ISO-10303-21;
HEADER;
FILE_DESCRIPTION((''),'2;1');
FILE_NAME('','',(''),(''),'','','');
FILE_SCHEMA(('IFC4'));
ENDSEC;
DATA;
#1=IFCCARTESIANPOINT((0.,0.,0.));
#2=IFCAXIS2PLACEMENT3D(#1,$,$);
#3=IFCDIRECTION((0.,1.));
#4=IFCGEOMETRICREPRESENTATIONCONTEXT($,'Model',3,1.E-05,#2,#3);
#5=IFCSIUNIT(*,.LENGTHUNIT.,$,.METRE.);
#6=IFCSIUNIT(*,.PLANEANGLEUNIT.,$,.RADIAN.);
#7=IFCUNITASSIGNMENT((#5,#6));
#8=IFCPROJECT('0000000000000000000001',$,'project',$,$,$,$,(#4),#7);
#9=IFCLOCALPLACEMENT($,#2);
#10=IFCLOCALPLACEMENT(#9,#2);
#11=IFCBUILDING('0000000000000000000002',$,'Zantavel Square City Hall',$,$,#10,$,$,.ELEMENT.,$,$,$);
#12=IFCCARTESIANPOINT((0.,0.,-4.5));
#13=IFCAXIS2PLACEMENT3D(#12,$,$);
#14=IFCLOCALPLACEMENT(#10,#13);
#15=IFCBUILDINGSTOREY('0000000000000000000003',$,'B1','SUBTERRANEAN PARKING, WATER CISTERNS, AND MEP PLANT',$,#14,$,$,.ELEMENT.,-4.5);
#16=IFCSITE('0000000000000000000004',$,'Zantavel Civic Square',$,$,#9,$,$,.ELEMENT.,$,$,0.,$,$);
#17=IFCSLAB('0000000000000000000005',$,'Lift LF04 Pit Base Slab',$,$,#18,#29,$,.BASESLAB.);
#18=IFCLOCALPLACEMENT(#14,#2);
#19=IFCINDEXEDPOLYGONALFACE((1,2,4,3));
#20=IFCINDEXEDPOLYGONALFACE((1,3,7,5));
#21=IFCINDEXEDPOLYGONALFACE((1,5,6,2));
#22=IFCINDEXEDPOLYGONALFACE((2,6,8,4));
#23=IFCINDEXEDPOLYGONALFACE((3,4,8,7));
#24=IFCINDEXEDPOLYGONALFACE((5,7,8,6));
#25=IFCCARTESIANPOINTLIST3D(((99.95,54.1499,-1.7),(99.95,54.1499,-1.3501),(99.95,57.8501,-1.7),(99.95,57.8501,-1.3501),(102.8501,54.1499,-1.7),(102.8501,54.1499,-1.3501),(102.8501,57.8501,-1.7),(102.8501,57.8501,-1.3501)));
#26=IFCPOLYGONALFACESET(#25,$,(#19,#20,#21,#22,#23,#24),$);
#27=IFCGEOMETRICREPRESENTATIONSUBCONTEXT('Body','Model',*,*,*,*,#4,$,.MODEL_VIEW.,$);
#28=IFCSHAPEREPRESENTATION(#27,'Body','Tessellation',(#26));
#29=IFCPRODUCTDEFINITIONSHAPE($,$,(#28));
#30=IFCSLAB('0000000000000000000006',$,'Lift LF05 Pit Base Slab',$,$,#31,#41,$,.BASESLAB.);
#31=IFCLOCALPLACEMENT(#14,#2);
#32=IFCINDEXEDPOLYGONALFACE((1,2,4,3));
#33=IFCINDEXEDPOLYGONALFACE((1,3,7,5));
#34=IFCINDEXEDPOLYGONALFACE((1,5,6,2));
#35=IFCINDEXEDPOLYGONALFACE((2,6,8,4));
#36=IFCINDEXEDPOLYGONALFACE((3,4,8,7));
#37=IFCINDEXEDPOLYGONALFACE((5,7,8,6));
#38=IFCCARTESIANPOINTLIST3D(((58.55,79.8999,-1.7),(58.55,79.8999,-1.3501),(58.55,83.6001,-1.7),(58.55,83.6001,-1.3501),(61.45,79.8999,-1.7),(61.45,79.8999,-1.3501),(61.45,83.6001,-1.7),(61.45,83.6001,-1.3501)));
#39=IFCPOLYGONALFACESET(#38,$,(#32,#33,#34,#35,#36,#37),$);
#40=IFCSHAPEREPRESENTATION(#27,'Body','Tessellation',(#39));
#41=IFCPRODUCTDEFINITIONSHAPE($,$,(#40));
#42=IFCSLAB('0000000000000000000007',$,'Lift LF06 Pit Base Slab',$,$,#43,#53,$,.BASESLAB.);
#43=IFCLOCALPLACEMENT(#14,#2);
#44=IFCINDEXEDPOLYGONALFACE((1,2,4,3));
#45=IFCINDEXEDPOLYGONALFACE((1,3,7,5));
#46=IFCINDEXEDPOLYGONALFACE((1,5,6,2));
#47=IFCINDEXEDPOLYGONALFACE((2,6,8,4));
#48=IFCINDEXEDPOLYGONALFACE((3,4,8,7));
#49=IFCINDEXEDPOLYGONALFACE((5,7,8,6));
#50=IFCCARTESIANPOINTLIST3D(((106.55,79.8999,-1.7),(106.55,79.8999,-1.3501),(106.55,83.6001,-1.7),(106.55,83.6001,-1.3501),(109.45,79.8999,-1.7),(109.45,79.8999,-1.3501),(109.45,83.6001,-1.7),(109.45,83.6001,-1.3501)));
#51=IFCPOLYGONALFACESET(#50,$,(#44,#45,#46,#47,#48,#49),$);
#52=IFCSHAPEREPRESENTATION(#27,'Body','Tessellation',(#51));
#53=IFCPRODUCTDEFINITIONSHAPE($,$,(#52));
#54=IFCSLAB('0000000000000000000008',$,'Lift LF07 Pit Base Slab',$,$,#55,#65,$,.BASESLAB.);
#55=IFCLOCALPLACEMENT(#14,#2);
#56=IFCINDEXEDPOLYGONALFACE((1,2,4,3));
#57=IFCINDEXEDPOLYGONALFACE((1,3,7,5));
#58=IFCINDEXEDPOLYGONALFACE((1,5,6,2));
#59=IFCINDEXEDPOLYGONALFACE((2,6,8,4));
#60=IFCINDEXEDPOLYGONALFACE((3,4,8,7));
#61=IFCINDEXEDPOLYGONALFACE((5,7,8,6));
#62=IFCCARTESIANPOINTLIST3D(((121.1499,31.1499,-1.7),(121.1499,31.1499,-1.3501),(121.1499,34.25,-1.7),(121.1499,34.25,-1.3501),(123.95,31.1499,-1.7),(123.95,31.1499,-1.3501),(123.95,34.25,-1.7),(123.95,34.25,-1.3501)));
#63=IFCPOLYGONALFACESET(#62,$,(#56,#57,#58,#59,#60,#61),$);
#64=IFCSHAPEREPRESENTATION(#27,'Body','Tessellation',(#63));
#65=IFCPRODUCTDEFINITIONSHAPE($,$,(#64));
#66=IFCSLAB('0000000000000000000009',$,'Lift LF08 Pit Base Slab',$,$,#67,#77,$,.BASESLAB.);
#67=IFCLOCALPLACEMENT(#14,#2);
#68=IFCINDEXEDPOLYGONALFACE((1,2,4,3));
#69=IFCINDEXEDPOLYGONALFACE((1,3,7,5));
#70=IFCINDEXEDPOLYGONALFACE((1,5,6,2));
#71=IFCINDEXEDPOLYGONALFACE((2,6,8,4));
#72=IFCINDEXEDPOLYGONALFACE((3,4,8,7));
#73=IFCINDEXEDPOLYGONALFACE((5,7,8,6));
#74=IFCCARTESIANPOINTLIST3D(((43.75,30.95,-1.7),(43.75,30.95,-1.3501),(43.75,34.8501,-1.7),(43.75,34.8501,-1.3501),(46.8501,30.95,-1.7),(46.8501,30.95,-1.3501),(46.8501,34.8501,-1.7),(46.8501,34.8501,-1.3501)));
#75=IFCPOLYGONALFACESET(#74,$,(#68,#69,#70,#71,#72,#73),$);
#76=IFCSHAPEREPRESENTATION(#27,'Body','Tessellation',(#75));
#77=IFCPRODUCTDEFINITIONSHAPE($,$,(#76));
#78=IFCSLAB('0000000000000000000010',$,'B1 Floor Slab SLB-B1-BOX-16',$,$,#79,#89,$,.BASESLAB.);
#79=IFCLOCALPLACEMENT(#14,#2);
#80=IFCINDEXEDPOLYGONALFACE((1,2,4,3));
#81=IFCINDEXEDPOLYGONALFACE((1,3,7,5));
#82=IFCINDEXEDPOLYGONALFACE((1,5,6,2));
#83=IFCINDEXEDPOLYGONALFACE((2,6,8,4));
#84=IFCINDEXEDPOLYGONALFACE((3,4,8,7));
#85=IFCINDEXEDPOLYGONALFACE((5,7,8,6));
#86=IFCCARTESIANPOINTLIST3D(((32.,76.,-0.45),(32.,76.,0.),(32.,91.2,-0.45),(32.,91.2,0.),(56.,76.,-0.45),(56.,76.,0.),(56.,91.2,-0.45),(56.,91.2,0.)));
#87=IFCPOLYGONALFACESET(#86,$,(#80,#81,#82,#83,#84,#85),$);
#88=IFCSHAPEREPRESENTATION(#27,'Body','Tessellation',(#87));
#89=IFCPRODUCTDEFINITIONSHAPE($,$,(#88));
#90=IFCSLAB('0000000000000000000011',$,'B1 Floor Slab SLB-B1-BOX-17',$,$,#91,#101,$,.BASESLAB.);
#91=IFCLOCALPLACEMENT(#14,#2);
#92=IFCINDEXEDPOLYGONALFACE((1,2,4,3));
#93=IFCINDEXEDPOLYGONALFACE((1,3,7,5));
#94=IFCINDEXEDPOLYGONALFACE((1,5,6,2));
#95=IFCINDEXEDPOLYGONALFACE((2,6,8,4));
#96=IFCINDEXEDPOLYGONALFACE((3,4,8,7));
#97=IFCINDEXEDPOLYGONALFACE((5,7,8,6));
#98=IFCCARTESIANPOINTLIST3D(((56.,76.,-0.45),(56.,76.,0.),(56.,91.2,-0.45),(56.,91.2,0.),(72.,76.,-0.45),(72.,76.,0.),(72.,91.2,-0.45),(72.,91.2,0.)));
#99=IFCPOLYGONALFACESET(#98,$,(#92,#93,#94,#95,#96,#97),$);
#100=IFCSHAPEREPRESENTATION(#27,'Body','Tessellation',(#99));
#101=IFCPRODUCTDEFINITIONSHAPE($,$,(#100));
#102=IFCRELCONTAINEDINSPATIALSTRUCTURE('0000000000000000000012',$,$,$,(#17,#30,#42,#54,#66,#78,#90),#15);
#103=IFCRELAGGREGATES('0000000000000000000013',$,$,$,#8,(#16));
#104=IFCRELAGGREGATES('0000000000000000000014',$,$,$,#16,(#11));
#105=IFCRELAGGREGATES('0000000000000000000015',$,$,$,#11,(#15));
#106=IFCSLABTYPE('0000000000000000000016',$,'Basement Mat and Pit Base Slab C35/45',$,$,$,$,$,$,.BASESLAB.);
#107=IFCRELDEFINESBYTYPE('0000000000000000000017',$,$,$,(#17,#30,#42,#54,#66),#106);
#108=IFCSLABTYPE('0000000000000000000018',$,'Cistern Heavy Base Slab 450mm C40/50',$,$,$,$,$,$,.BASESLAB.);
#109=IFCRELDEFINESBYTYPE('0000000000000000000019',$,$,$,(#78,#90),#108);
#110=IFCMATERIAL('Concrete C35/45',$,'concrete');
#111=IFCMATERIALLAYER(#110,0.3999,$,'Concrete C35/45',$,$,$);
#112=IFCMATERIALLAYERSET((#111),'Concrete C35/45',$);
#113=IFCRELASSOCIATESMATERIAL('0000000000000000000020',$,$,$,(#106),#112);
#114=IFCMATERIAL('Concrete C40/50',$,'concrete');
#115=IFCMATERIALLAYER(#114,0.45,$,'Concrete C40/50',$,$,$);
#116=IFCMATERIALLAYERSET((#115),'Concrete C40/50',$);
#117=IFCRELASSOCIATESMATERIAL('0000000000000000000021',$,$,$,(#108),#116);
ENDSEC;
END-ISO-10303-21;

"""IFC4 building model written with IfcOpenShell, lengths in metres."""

from ifc_helpers import new_model, si_unit, direction, frame, origin, place, context, subcontext, project, spatial, polyline, outline, extrude, material, layer, layer_set, type_object, element, save


model = new_model("IFC4")

# Units and contexts
model_context = context("Model", 3, precision=1e-05, world=origin(), true_north=direction((0.0, 1.0)))
body_context = subcontext(model_context, "Body", "Model", "MODEL_VIEW")
ifc_project = project(units=[si_unit("LENGTHUNIT", "METRE"), si_unit("PLANEANGLEUNIT", "RADIAN")], contexts=[model_context])

# Site, building, storey
site_placement = place(None, origin())
site = spatial("IfcSite", under=ifc_project, at=site_placement, Name="Zantavel Civic Square", CompositionType="ELEMENT", RefElevation=0.0)
building_placement = place(site_placement, origin())
building = spatial("IfcBuilding", under=site, at=building_placement, Name="Zantavel Square City Hall", CompositionType="ELEMENT")
storey_placement = place(building_placement, frame((0.0, 0.0, -4.5)))
storey = spatial("IfcBuildingStorey", under=building, at=storey_placement, Name="B1", Description="SUBTERRANEAN PARKING, WATER CISTERNS, AND MEP PLANT", CompositionType="ELEMENT", Elevation=-4.5)

# Shared definitions
ifc_material_1 = material(Name="Concrete C35/45", Category="concrete")

# Shared definitions
ifc_material_2 = material(Name="Concrete C40/50", Category="concrete")

# Slabs
ifc_layer_1 = layer(ifc_material_1, 0.3999, Name="Concrete C35/45")
ifc_layer_set_1 = layer_set([ifc_layer_1], Name="Concrete C35/45")
slab_type_1 = type_object("IfcSlabType", Name="Basement Mat and Pit Base Slab C35/45", PredefinedType="BASESLAB", material=ifc_layer_set_1)
slab_1_placement = place(storey_placement, frame((0.0, 0.0, -1.7)))
element("IfcSlab", 1, at=slab_1_placement, inside=storey, type_object=slab_type_1, Name="Lift LF04 Pit Base Slab", PredefinedType="BASESLAB", context=body_context, shape_type="SweptSolid", body=[
    extrude(outline(polyline([(99.95, 54.1499), (102.8501, 54.1499), (102.8501, 57.8501), (99.95, 57.8501), (99.95, 54.1499)])), origin(), (0.0, 0.0, 1.0), 0.3499),
])
slab_2_placement = place(storey_placement, frame((0.0, 0.0, -1.7)))
element("IfcSlab", 2, at=slab_2_placement, inside=storey, type_object=slab_type_1, Name="Lift LF05 Pit Base Slab", PredefinedType="BASESLAB", context=body_context, shape_type="SweptSolid", body=[
    extrude(outline(polyline([(58.55, 79.8999), (61.45, 79.8999), (61.45, 83.6001), (58.55, 83.6001), (58.55, 79.8999)])), origin(), (0.0, 0.0, 1.0), 0.3499),
])
slab_3_placement = place(storey_placement, frame((0.0, 0.0, -1.7)))
element("IfcSlab", 3, at=slab_3_placement, inside=storey, type_object=slab_type_1, Name="Lift LF06 Pit Base Slab", PredefinedType="BASESLAB", context=body_context, shape_type="SweptSolid", body=[
    extrude(outline(polyline([(106.55, 79.8999), (109.45, 79.8999), (109.45, 83.6001), (106.55, 83.6001), (106.55, 79.8999)])), origin(), (0.0, 0.0, 1.0), 0.3499),
])
slab_4_placement = place(storey_placement, frame((0.0, 0.0, -1.7)))
element("IfcSlab", 4, at=slab_4_placement, inside=storey, type_object=slab_type_1, Name="Lift LF07 Pit Base Slab", PredefinedType="BASESLAB", context=body_context, shape_type="SweptSolid", body=[
    extrude(outline(polyline([(121.1499, 31.1499), (123.95, 31.1499), (123.95, 34.25), (121.1499, 34.25), (121.1499, 31.1499)])), origin(), (0.0, 0.0, 1.0), 0.3499),
])
slab_5_placement = place(storey_placement, frame((0.0, 0.0, -1.7)))
element("IfcSlab", 5, at=slab_5_placement, inside=storey, type_object=slab_type_1, Name="Lift LF08 Pit Base Slab", PredefinedType="BASESLAB", context=body_context, shape_type="SweptSolid", body=[
    extrude(outline(polyline([(43.75, 30.95), (46.8501, 30.95), (46.8501, 34.8501), (43.75, 34.8501), (43.75, 30.95)])), origin(), (0.0, 0.0, 1.0), 0.3499),
])
ifc_layer_2 = layer(ifc_material_2, 0.45, Name="Concrete C40/50")
ifc_layer_set_2 = layer_set([ifc_layer_2], Name="Concrete C40/50")
slab_type_2 = type_object("IfcSlabType", Name="Cistern Heavy Base Slab 450mm C40/50", PredefinedType="BASESLAB", material=ifc_layer_set_2)
slab_6_placement = place(storey_placement, frame((0.0, 0.0, -0.45)))
element("IfcSlab", 6, at=slab_6_placement, inside=storey, type_object=slab_type_2, Name="B1 Floor Slab SLB-B1-BOX-16", PredefinedType="BASESLAB", context=body_context, shape_type="SweptSolid", body=[
    extrude(outline(polyline([(32.0, 91.2), (56.0, 91.2), (56.0, 76.0), (32.0, 76.0), (32.0, 91.2)])), origin(), (0.0, 0.0, 1.0), 0.45),
])
slab_7_placement = place(storey_placement, frame((0.0, 0.0, -0.45)))
element("IfcSlab", 7, at=slab_7_placement, inside=storey, type_object=slab_type_2, Name="B1 Floor Slab SLB-B1-BOX-17", PredefinedType="BASESLAB", context=body_context, shape_type="SweptSolid", body=[
    extrude(outline(polyline([(72.0, 91.2), (72.0, 76.0), (56.0, 76.0), (56.0, 91.2), (72.0, 91.2)])), origin(), (0.0, 0.0, 1.0), 0.45),
])

save(model, "model.ifc")
